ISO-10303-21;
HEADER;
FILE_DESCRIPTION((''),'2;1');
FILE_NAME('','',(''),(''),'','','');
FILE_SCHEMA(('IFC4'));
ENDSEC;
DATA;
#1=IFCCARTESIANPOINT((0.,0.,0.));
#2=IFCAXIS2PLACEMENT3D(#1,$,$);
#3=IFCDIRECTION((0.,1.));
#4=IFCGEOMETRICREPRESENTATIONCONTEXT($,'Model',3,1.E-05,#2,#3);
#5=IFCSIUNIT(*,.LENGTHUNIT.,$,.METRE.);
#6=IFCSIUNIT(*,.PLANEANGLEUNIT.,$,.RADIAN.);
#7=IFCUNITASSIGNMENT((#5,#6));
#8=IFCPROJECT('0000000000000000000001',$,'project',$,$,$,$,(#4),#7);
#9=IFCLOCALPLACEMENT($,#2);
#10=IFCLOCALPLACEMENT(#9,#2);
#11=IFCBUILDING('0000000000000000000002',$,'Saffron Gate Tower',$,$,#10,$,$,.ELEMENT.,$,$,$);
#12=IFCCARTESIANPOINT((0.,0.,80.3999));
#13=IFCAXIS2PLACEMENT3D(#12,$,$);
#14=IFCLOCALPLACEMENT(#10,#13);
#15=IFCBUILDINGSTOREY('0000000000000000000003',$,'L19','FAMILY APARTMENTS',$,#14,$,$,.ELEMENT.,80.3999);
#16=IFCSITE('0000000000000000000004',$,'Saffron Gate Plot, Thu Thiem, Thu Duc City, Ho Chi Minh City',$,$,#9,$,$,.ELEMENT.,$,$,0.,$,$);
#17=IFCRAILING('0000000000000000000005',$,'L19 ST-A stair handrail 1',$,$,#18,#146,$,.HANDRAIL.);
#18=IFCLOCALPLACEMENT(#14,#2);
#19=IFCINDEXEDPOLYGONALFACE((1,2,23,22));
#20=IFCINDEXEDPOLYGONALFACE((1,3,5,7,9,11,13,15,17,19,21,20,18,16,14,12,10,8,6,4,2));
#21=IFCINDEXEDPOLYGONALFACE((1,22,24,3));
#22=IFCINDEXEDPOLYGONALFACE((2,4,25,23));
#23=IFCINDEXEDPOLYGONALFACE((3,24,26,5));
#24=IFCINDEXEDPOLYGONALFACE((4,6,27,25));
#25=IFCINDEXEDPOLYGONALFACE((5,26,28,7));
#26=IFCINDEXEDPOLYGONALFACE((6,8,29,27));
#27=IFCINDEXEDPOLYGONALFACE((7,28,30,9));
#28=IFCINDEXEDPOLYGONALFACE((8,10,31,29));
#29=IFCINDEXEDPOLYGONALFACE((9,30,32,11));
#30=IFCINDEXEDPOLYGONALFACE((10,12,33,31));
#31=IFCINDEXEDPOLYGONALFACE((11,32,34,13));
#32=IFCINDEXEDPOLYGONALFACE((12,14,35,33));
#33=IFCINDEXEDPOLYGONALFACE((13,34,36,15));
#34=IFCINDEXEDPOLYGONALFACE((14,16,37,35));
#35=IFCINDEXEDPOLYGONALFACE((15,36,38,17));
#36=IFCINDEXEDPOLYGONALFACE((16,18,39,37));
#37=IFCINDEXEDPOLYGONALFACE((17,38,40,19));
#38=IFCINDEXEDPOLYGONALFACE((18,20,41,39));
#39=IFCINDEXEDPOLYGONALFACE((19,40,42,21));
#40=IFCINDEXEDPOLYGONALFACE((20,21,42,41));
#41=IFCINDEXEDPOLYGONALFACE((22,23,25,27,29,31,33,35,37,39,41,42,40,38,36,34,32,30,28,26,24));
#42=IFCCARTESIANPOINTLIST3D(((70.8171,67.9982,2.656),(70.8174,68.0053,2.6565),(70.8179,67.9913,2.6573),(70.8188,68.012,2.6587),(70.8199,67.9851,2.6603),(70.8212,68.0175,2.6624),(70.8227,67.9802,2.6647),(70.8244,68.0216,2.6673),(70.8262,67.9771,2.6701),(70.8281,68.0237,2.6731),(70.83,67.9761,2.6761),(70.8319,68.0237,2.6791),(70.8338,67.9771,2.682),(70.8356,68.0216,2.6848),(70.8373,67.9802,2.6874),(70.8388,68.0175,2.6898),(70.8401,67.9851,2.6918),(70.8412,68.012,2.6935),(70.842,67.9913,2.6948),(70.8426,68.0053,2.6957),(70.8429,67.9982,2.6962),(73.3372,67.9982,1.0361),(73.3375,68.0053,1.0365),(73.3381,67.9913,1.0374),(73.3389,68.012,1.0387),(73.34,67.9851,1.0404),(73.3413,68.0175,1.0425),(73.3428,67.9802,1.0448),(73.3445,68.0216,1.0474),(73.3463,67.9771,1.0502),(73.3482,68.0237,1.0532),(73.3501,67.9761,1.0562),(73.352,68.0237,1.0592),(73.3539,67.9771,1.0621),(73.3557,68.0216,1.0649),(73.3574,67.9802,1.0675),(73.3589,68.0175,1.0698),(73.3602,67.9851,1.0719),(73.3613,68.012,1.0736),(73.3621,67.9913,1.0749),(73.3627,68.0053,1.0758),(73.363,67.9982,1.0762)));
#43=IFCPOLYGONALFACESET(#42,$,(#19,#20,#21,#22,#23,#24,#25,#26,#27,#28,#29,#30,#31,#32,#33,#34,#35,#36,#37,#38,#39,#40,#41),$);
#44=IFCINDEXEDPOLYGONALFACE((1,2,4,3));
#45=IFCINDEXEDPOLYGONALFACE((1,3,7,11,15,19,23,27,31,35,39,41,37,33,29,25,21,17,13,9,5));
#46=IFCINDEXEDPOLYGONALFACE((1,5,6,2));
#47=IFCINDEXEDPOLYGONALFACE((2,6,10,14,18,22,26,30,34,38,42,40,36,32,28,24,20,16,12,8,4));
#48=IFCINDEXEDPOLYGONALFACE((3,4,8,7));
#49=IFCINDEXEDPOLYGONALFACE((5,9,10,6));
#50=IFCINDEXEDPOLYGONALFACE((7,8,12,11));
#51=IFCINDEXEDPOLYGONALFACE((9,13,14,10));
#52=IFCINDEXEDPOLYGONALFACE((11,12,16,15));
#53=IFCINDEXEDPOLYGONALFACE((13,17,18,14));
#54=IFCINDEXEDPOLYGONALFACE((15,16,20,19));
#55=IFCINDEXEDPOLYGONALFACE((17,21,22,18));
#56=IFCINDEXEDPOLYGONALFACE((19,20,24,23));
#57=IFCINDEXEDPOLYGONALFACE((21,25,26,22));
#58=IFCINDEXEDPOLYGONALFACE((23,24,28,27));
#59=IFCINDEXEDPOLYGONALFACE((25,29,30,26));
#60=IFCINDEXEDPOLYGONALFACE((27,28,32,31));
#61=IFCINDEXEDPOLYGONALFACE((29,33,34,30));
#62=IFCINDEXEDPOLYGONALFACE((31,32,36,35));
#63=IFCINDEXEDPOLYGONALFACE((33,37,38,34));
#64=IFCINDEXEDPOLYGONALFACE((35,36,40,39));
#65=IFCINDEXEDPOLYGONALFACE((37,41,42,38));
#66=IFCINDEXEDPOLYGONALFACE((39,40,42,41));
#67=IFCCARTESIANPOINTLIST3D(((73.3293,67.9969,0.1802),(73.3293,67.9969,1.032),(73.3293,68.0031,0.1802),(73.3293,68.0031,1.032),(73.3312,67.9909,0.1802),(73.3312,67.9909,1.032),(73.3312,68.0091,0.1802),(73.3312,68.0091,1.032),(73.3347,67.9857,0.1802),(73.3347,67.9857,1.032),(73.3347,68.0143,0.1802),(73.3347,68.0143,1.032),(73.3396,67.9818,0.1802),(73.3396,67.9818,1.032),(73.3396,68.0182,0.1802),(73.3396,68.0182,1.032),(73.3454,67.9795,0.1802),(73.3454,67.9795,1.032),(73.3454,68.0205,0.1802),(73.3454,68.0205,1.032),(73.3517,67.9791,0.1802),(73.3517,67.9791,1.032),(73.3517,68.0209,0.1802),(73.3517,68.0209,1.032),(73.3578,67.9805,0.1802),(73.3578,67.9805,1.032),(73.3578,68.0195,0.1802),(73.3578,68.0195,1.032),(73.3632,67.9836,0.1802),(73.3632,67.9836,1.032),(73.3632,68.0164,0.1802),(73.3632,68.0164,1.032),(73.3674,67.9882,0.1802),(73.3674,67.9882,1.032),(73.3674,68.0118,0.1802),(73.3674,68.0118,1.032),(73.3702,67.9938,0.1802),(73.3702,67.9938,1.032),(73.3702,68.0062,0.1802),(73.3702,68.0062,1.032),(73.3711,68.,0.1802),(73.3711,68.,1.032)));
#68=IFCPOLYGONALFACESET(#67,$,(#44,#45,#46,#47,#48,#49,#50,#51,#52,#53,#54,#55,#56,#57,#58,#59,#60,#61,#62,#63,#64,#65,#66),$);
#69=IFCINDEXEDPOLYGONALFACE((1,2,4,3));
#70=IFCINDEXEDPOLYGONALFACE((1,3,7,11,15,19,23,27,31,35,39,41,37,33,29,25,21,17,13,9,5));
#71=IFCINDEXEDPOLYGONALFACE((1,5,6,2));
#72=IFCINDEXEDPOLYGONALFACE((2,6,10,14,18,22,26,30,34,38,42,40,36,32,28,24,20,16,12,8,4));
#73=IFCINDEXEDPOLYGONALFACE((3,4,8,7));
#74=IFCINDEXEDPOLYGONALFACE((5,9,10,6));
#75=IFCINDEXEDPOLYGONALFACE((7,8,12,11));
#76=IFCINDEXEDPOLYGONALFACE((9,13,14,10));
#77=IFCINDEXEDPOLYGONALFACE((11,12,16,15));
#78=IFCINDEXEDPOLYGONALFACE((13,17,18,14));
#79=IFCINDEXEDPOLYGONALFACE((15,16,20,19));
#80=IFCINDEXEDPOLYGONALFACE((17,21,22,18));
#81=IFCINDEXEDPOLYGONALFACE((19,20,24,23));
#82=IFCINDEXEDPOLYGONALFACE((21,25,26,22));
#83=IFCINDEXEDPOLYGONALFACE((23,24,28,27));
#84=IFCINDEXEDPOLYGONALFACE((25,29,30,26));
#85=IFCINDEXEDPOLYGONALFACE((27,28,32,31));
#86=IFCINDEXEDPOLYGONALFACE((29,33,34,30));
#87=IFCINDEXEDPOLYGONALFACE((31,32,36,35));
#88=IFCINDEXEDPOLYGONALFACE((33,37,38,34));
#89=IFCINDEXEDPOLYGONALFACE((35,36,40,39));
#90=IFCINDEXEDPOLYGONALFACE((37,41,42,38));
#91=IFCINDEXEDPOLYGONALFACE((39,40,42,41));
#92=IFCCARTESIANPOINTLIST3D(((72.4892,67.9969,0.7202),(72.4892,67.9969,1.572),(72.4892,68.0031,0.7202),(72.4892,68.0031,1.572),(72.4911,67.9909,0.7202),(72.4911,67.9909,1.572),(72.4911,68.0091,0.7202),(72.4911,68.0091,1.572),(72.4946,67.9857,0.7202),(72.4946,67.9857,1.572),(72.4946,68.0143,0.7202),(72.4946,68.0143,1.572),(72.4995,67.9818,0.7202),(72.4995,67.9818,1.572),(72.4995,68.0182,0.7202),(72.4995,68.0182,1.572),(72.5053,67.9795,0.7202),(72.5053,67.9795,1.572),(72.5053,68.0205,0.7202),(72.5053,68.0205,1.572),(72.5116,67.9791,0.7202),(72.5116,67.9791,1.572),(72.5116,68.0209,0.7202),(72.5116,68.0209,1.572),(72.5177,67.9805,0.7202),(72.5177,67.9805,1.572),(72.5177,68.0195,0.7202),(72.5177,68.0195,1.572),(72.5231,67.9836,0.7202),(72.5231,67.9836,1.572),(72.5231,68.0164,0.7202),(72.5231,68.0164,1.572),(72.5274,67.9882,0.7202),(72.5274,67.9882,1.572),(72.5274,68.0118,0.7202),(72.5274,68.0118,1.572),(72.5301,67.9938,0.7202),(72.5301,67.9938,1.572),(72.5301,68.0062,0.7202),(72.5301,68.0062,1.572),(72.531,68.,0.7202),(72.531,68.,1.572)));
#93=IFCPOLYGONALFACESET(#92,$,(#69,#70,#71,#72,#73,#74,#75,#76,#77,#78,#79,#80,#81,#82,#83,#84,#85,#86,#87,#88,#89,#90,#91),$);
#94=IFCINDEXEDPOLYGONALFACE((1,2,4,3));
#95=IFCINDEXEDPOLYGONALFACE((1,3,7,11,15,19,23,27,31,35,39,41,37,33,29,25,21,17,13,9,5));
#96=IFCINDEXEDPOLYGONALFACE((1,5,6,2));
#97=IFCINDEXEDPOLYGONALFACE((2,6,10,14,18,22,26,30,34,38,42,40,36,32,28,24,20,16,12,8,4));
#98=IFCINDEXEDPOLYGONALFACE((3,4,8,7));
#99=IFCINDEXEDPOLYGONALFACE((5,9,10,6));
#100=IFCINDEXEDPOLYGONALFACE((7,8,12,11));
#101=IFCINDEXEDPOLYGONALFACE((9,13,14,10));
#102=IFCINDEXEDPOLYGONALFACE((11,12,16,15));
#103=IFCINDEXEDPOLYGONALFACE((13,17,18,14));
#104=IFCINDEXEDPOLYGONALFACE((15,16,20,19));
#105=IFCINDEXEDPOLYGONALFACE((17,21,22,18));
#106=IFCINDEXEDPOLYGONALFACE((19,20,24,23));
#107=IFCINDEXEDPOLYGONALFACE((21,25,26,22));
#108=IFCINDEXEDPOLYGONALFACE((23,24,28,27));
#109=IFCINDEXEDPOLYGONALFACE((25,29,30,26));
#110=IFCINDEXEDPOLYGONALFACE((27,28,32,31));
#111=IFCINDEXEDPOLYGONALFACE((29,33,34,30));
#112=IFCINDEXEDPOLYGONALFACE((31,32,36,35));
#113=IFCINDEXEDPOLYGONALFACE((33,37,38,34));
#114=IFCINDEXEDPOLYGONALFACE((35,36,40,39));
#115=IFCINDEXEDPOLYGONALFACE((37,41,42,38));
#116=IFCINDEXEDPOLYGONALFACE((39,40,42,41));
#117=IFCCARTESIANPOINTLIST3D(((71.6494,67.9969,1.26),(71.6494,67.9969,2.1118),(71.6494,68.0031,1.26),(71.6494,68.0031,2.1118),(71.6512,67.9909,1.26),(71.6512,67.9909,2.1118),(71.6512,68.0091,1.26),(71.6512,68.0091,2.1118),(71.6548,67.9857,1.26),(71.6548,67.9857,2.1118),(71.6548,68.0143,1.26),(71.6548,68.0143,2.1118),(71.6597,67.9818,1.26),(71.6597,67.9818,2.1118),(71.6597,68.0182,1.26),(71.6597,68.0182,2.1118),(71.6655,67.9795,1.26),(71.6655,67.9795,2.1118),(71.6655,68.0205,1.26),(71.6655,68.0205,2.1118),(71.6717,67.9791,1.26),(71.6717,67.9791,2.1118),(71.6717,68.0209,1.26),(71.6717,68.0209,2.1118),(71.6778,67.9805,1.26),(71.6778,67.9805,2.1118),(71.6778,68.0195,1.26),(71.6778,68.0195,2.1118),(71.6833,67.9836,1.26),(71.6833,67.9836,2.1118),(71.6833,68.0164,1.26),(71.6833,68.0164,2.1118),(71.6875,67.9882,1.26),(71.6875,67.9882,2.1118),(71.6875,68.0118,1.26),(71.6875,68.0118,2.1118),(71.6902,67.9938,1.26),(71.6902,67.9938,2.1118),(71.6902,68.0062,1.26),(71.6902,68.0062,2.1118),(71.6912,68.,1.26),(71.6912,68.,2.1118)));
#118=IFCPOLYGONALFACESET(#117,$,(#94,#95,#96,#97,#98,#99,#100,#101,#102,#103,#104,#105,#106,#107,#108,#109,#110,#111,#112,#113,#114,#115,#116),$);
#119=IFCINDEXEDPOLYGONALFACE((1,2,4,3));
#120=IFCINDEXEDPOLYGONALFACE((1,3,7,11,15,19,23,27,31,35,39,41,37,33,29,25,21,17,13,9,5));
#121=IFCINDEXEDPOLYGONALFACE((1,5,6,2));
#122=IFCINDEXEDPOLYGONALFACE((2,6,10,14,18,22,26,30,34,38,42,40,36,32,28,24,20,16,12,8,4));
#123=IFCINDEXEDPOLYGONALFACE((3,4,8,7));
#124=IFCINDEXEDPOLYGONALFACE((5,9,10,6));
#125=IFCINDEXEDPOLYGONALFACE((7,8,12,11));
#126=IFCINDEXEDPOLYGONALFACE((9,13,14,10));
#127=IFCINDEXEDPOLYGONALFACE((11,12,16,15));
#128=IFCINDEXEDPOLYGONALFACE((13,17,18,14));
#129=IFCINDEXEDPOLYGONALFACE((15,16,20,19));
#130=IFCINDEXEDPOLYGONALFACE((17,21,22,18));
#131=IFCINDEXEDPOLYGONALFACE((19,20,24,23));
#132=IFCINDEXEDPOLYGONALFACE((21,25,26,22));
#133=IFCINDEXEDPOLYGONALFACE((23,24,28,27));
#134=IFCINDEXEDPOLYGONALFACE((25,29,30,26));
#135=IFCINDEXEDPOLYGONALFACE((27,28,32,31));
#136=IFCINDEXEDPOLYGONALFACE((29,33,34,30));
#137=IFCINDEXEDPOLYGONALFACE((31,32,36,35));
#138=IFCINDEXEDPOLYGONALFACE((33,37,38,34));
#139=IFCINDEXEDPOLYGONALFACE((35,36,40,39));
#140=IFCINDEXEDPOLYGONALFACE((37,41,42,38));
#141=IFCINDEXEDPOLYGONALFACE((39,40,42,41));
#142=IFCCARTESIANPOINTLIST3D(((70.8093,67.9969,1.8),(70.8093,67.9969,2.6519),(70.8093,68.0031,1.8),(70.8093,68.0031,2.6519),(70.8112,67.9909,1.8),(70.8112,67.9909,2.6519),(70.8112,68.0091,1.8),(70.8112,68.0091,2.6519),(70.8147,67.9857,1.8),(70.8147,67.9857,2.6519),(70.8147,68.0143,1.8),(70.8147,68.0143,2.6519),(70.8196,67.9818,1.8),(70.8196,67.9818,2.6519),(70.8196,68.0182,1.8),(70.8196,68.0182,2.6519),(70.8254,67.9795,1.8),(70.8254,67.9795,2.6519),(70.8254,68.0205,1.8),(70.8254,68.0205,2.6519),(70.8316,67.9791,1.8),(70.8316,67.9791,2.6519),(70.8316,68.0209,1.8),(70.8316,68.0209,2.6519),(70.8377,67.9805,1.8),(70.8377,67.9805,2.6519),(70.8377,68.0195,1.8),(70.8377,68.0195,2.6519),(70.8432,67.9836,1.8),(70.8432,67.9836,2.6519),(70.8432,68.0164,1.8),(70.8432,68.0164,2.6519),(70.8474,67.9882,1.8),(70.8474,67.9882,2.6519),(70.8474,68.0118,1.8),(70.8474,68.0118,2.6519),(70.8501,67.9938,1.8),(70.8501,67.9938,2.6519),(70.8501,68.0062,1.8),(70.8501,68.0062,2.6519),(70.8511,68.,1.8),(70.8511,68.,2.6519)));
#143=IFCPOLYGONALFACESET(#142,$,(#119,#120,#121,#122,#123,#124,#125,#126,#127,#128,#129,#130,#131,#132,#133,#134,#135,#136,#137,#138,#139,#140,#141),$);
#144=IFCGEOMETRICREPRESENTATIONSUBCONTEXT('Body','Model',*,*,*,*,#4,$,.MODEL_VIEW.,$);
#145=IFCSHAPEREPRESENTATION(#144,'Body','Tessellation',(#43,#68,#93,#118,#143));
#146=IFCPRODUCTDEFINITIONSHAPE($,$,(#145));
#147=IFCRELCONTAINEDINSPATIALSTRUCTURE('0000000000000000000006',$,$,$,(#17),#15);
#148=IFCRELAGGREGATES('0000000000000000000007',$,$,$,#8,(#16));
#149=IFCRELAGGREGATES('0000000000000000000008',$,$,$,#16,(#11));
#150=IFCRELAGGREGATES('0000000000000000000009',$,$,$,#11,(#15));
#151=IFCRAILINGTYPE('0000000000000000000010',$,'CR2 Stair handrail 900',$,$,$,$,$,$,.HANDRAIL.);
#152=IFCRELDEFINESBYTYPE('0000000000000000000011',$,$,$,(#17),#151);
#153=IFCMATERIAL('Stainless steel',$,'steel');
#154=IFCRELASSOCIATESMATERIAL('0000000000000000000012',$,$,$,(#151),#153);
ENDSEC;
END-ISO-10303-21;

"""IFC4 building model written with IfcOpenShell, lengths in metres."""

from ifc_helpers import new_model, si_unit, direction, frame, origin, origin_2d, place, context, subcontext, project, spatial, circle, extrude, material, type_object, element, save


model = new_model("IFC4")

# Units and contexts
model_context = context("Model", 3, precision=1e-05, world=origin(), true_north=direction((0.0, 1.0)))
body_context = subcontext(model_context, "Body", "Model", "MODEL_VIEW")
ifc_project = project(units=[si_unit("LENGTHUNIT", "METRE"), si_unit("PLANEANGLEUNIT", "RADIAN")], contexts=[model_context])

# Site, building, storey
site_placement = place(None, origin())
site = spatial("IfcSite", under=ifc_project, at=site_placement, Name="Saffron Gate Plot, Thu Thiem, Thu Duc City, Ho Chi Minh City", CompositionType="ELEMENT", RefElevation=0.0)
building_placement = place(site_placement, origin())
building = spatial("IfcBuilding", under=site, at=building_placement, Name="Saffron Gate Tower", CompositionType="ELEMENT")
storey_placement = place(building_placement, frame((0.0, 0.0, 80.3999)))
storey = spatial("IfcBuildingStorey", under=building, at=storey_placement, Name="L19", Description="FAMILY APARTMENTS", CompositionType="ELEMENT", Elevation=80.3999)

# Railing
ifc_material_1 = material(Name="Stainless steel", Category="steel")
railing_type = type_object("IfcRailingType", Name="CR2 Stair handrail 900", PredefinedType="HANDRAIL", material=ifc_material_1)
railing_placement = place(storey_placement, frame((73.3501, 68.0, 0.1802)))
element("IfcRailing", 1, at=railing_placement, inside=storey, type_object=railing_type, Name="L19 ST-A stair handrail 1", PredefinedType="HANDRAIL", context=body_context, shape_type="SweptSolid", body=[
    extrude(circle(Radius=0.0239, at=origin_2d()), frame((0.0, 0.0, 0.876), z_axis=(-0.8412, 0.0, 0.540725), x_axis=(0.0, -1.0, 0.0)), (0.0, 0.0, 1.0), 2.9958),
    extrude(circle(Radius=0.021, at=origin_2d()), origin(), (0.0, 0.0, 1.0), 0.8518),
    extrude(circle(Radius=0.021, at=origin_2d()), frame((-0.8401, 0.0, 0.54)), (0.0, 0.0, 1.0), 0.8518),
    extrude(circle(Radius=0.021, at=origin_2d()), frame((-1.6799, 0.0, 1.0798)), (0.0, 0.0, 1.0), 0.8518),
    extrude(circle(Radius=0.021, at=origin_2d()), frame((-2.52, 0.0, 1.6199)), (0.0, 0.0, 1.0), 0.8518),
])

save(model, "model.ifc")
